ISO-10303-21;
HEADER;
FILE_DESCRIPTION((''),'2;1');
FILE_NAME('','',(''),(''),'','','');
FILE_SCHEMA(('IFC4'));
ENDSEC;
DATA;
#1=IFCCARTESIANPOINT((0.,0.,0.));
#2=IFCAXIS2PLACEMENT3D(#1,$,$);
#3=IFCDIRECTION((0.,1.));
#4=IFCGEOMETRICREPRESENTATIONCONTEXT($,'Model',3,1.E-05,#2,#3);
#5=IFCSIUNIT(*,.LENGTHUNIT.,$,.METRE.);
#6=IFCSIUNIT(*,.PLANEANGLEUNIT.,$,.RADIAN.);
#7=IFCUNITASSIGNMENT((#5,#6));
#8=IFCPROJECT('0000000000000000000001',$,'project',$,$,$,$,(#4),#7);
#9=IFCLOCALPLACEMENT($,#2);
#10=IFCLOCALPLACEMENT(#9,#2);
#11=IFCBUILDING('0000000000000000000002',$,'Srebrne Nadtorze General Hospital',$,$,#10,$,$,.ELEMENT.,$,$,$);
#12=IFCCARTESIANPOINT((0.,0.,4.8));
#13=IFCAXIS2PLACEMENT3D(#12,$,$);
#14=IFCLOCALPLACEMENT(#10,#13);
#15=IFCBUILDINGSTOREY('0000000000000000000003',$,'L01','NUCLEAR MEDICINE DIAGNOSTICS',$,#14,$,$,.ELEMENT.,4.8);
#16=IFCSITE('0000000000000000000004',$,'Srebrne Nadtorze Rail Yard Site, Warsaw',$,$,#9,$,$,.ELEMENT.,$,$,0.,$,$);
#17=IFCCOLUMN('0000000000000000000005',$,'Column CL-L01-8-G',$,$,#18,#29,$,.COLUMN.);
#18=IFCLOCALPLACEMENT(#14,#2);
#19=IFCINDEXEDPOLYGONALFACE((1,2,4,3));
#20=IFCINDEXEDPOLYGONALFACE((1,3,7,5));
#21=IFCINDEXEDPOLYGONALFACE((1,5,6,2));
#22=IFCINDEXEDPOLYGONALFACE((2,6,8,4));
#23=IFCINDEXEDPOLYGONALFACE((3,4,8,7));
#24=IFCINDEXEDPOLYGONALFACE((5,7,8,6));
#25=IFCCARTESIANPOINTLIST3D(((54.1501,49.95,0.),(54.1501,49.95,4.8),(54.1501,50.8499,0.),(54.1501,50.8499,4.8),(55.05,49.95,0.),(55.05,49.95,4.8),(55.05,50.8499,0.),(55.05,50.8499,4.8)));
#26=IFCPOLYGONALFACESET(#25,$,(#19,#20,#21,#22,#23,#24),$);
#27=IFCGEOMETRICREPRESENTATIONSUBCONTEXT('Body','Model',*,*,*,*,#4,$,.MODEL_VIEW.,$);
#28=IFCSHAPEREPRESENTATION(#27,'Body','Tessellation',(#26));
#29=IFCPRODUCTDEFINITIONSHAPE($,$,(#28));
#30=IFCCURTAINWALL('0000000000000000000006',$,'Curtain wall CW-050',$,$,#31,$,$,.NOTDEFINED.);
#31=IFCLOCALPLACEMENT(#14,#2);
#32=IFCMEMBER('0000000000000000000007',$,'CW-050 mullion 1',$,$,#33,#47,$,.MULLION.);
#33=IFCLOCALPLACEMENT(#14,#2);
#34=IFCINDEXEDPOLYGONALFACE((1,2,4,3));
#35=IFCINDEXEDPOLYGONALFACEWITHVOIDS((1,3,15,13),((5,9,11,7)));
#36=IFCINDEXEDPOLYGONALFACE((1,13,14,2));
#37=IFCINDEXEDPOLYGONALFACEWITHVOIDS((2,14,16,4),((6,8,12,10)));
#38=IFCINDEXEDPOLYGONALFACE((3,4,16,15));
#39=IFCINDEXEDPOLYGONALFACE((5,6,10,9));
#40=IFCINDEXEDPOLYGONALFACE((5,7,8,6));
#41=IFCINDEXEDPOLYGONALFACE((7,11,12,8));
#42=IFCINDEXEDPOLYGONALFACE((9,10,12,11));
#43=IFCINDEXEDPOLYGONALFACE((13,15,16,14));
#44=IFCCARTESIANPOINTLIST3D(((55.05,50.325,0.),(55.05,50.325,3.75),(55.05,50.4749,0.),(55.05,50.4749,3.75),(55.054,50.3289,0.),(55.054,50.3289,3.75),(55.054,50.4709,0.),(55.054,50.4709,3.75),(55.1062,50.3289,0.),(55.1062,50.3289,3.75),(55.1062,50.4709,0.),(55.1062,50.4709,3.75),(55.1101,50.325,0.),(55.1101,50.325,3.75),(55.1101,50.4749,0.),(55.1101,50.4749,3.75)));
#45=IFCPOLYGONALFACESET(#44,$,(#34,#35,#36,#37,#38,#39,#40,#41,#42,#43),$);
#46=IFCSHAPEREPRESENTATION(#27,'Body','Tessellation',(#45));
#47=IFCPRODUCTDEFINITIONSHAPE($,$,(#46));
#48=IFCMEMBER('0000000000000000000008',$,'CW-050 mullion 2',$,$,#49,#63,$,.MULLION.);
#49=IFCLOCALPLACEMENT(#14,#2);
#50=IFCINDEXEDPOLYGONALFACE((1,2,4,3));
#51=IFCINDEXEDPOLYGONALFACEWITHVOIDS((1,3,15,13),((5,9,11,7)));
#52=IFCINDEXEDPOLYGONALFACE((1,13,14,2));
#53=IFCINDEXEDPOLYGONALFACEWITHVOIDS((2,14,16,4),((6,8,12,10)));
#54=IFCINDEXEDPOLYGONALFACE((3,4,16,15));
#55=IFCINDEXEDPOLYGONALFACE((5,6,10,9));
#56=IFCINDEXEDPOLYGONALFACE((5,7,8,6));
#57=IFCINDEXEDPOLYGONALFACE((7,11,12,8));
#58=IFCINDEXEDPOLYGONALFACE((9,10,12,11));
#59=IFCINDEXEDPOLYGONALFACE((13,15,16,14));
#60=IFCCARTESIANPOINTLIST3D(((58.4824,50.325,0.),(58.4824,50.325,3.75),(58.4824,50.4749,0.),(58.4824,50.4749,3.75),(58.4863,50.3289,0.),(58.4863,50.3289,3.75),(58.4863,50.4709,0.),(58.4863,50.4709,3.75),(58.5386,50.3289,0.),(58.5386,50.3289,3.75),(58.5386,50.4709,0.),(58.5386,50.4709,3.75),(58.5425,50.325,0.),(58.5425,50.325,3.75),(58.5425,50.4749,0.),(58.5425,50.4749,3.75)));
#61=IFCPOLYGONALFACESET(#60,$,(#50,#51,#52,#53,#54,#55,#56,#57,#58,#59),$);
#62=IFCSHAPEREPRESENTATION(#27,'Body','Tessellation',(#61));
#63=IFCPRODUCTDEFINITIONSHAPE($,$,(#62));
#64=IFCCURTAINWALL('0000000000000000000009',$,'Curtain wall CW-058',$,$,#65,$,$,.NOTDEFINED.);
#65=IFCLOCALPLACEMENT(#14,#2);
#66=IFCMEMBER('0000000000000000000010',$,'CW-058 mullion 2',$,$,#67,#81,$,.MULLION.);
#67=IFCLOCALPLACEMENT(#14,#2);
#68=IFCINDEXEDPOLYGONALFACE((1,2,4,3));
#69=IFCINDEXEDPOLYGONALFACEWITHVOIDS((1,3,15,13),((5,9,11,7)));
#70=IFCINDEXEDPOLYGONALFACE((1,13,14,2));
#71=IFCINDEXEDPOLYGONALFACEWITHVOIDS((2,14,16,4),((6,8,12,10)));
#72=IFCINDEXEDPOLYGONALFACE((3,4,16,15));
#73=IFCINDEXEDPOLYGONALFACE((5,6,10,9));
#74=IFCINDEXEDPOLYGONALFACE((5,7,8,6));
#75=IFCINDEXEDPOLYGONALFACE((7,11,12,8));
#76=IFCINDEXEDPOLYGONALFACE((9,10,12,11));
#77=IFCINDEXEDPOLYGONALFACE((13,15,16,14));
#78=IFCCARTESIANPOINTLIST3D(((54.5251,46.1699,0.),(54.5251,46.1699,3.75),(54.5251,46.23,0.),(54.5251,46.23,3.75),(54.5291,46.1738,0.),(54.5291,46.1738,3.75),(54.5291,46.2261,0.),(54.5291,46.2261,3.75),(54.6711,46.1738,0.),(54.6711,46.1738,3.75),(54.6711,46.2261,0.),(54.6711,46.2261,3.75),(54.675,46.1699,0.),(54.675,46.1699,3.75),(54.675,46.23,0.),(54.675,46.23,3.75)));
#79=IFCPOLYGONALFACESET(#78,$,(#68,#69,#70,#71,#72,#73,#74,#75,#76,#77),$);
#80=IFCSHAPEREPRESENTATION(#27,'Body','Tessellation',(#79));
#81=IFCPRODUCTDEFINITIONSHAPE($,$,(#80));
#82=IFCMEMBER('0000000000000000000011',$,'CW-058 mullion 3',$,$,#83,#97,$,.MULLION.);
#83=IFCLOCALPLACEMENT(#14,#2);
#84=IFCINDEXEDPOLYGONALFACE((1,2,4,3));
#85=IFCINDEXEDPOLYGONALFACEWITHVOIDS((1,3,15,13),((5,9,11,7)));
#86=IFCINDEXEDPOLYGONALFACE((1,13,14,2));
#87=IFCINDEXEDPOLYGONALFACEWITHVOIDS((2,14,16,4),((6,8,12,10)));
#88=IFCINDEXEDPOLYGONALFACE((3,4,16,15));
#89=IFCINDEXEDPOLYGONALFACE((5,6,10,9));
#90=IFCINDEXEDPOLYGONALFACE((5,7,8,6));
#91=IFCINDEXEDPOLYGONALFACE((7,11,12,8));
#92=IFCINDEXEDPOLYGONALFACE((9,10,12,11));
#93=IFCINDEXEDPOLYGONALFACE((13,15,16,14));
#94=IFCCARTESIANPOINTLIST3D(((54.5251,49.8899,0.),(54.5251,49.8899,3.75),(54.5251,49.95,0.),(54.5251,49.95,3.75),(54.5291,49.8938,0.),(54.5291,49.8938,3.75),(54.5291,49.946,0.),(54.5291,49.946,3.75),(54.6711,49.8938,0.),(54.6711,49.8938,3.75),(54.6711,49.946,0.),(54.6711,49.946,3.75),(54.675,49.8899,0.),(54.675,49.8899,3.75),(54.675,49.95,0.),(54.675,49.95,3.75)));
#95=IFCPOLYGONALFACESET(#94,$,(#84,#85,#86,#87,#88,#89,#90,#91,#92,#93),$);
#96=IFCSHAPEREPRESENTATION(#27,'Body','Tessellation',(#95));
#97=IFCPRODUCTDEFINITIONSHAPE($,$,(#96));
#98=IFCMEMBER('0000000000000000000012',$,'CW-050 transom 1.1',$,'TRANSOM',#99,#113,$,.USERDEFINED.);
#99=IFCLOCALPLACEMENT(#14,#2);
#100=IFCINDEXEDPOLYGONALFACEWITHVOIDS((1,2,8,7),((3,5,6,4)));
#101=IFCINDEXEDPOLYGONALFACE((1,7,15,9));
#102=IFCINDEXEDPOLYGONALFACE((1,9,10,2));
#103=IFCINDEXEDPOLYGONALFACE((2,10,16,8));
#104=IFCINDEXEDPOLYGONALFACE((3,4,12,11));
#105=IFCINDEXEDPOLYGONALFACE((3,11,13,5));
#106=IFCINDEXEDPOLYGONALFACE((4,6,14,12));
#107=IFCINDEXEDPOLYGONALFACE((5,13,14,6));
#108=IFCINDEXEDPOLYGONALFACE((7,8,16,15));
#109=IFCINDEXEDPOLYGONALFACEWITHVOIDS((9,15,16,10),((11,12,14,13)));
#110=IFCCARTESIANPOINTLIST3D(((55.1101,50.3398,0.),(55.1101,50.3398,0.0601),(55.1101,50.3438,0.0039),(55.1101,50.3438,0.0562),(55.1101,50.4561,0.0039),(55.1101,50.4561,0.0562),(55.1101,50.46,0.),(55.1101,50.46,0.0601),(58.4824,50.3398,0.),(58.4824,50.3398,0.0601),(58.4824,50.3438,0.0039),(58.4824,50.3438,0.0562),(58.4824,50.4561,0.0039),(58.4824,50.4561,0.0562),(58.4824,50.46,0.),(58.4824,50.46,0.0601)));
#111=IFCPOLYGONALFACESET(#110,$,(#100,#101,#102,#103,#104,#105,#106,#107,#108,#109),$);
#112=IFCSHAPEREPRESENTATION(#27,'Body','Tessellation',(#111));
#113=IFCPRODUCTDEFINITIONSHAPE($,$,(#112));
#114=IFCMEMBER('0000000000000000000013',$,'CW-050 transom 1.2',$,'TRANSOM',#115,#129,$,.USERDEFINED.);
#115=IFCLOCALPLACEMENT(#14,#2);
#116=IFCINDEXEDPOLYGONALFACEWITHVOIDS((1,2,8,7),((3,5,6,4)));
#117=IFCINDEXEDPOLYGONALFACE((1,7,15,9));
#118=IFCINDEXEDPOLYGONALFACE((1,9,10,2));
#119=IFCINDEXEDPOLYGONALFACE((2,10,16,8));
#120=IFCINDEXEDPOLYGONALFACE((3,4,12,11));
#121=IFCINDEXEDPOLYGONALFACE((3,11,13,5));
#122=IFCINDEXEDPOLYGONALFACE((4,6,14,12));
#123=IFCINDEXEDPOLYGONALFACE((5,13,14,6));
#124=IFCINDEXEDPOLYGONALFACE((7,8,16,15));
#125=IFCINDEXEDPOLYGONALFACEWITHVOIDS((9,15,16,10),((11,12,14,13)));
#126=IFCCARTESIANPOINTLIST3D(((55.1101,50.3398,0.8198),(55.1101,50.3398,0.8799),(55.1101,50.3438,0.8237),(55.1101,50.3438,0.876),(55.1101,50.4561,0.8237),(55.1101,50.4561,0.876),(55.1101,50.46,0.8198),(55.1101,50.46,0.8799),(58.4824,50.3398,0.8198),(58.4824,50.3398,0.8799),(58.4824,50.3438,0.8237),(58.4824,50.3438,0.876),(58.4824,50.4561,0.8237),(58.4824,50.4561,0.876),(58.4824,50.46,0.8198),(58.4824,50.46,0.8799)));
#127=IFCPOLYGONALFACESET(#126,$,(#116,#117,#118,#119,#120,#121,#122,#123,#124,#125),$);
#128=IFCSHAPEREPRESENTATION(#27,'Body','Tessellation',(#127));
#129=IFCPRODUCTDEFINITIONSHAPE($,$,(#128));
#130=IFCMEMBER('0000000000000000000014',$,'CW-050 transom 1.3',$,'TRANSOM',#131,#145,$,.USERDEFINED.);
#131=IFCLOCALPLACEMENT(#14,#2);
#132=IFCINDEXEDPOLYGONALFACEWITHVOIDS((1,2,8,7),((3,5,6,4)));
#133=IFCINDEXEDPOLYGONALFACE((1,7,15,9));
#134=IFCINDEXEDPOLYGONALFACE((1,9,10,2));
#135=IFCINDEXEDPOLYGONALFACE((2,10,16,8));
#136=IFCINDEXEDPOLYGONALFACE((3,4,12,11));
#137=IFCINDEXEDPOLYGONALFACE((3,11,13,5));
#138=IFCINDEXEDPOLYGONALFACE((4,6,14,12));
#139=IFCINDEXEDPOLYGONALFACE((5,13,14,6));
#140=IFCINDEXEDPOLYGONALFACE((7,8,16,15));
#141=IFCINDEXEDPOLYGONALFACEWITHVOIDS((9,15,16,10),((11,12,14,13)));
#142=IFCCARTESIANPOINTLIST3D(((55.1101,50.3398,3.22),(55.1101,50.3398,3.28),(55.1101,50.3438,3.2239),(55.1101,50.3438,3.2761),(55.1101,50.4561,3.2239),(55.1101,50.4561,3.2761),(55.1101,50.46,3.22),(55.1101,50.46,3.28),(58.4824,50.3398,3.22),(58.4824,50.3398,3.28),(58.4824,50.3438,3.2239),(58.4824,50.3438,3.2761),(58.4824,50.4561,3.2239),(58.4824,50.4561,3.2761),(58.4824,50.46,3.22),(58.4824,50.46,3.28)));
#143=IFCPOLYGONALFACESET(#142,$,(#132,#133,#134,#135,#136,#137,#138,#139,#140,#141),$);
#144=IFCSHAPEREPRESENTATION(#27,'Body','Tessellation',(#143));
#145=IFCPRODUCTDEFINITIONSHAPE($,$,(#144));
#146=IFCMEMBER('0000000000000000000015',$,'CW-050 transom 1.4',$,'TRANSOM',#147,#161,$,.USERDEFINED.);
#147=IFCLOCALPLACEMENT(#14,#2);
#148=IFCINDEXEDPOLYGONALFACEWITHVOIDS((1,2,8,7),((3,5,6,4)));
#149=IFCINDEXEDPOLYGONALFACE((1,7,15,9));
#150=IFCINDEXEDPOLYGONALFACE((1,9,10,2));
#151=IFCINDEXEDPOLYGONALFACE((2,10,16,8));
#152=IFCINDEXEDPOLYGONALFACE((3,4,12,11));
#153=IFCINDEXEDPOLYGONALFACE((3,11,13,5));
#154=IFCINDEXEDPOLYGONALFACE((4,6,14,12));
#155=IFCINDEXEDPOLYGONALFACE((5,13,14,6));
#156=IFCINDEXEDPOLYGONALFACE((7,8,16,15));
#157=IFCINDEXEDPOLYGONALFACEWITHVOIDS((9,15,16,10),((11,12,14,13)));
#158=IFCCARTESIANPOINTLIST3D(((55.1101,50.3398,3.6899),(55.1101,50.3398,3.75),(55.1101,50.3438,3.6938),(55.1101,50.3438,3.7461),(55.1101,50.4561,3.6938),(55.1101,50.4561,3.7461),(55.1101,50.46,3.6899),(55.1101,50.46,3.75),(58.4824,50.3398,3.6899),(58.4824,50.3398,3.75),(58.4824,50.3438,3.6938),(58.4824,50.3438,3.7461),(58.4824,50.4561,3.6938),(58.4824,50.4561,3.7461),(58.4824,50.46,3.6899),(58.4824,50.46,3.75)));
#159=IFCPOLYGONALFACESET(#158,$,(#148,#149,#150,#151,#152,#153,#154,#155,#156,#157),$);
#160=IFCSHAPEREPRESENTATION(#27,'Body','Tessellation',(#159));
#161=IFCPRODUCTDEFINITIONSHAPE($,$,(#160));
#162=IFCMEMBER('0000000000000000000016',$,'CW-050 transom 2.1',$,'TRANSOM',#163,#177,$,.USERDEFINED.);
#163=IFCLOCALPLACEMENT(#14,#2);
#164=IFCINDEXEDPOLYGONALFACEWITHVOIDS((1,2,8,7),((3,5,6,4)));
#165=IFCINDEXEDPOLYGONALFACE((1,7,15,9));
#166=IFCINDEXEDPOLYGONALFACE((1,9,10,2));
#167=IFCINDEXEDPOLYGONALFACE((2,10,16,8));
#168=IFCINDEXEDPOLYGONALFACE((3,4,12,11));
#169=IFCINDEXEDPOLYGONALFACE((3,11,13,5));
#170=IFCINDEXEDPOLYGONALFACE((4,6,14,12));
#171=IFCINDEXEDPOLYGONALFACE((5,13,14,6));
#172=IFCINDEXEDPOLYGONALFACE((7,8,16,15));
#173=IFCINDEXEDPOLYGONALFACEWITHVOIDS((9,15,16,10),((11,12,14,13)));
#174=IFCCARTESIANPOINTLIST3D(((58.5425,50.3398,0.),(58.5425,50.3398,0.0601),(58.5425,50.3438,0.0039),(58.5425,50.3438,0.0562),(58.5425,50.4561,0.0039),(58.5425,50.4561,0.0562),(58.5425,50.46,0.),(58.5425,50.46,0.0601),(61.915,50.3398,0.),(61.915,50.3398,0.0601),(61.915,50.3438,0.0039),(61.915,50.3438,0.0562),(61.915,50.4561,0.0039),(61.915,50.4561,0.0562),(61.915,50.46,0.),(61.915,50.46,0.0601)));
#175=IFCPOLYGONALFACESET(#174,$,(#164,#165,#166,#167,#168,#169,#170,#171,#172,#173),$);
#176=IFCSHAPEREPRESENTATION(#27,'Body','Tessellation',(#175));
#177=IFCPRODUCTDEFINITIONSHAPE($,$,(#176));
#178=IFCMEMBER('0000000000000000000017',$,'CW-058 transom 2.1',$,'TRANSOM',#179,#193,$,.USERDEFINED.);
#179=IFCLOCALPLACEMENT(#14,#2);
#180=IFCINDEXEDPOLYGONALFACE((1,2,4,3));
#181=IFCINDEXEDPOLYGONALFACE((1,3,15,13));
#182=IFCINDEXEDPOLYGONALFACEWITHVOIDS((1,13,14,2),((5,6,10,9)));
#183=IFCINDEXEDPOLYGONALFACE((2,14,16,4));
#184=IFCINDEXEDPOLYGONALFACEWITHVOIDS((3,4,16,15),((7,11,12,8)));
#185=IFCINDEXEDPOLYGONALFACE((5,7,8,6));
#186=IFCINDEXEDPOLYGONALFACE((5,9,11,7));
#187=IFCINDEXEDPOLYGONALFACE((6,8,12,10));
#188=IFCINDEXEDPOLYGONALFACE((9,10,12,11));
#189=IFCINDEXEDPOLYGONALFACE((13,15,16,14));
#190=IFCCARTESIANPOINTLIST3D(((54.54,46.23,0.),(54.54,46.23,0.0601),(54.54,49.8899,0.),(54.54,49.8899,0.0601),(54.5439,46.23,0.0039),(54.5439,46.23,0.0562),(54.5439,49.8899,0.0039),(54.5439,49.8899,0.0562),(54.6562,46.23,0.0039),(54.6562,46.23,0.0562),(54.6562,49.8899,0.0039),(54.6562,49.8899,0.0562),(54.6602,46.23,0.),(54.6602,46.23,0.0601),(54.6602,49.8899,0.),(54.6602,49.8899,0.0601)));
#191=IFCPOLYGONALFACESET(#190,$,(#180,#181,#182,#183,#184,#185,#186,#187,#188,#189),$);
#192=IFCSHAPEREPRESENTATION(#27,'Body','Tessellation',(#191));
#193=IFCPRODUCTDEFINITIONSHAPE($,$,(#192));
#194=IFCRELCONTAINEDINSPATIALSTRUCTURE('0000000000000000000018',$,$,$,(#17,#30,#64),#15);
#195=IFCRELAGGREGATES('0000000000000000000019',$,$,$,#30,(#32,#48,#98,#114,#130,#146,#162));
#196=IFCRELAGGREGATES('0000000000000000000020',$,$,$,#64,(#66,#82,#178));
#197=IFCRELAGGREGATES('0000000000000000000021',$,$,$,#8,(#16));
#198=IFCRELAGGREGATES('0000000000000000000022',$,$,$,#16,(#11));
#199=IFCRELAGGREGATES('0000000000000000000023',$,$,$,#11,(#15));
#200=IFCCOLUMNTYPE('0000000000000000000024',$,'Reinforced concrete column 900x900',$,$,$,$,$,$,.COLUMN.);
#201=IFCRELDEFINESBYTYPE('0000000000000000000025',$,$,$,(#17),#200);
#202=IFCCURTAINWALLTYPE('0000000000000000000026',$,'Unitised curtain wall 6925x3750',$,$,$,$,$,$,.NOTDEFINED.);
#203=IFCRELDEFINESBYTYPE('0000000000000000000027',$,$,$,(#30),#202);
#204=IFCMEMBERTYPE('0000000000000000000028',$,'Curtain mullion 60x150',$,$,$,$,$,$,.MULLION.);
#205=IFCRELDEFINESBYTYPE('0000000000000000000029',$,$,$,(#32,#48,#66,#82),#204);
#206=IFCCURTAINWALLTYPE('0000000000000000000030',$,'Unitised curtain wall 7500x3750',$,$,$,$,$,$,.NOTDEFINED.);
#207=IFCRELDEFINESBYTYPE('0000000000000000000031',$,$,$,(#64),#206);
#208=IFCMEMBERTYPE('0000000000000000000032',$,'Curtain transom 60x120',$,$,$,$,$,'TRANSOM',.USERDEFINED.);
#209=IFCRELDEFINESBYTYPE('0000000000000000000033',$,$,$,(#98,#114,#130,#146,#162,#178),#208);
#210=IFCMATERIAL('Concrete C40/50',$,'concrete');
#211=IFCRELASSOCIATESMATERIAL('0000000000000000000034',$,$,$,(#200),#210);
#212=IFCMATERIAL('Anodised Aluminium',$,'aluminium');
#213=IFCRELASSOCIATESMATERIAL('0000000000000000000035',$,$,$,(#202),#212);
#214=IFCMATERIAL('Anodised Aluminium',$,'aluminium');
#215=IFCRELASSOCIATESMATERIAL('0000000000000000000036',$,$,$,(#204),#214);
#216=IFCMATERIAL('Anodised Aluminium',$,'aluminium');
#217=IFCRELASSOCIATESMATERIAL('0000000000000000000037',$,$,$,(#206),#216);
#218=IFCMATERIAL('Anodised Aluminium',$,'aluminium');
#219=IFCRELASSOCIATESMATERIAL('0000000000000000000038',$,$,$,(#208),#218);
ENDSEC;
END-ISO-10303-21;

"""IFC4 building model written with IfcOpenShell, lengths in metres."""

from ifc_helpers import new_model, si_unit, direction, frame, origin, origin_2d, place, context, subcontext, project, spatial, rectangle, hollow_rectangle, extrude, material, material_profile, profile_set, type_object, element, aggregate, save


model = new_model("IFC4")

# Units and contexts
model_context = context("Model", 3, precision=1e-05, world=origin(), true_north=direction((0.0, 1.0)))
body_context = subcontext(model_context, "Body", "Model", "MODEL_VIEW")
ifc_project = project(units=[si_unit("LENGTHUNIT", "METRE"), si_unit("PLANEANGLEUNIT", "RADIAN")], contexts=[model_context])

# Site, building, storey
site_placement = place(None, origin())
site = spatial("IfcSite", under=ifc_project, at=site_placement, Name="Srebrne Nadtorze Rail Yard Site, Warsaw", CompositionType="ELEMENT", RefElevation=0.0)
building_placement = place(site_placement, origin())
building = spatial("IfcBuilding", under=site, at=building_placement, Name="Srebrne Nadtorze General Hospital", CompositionType="ELEMENT")
storey_placement = place(building_placement, frame((0.0, 0.0, 4.8)))
storey = spatial("IfcBuildingStorey", under=building, at=storey_placement, Name="L01", Description="NUCLEAR MEDICINE DIAGNOSTICS", CompositionType="ELEMENT", Elevation=4.8)

# Column
ifc_material_1 = material(Name="Concrete C40/50", Category="concrete")
ifc_material_profile_1 = material_profile(ifc_material_1, rectangle(XDim=0.8999, YDim=0.8999, at=origin_2d()), Name="RC-COL-900x900")
ifc_profile_set_1 = profile_set([ifc_material_profile_1], Name="Concrete C40/50")
column_type = type_object("IfcColumnType", Name="Reinforced concrete column 900x900", PredefinedType="COLUMN", material=ifc_profile_set_1)
column_placement = place(storey_placement, frame((54.6001, 50.3999, 0.0), z_axis=(0.0, 0.0, 1.0), x_axis=(1.0, 0.0, 0.0)))
element("IfcColumn", 1, at=column_placement, inside=storey, type_object=column_type, Name="Column CL-L01-8-G", PredefinedType="COLUMN", context=body_context, shape_type="SweptSolid", body=[
    extrude(rectangle(XDim=0.8999, YDim=0.8999, at=origin_2d()), origin(), (0.0, 0.0, 1.0), 4.8),
])

# Curtain walls, members
ifc_material_2 = material(Name="Anodised Aluminium", Category="aluminium")
curtain_wall_type_1 = type_object("IfcCurtainWallType", Name="Unitised curtain wall 6925x3750", PredefinedType="NOTDEFINED", material=ifc_material_2)
curtain_wall_1_placement = place(storey_placement, origin())
curtain_wall_1 = element("IfcCurtainWall", 2, at=curtain_wall_1_placement, inside=storey, type_object=curtain_wall_type_1, Name="Curtain wall CW-050", PredefinedType="NOTDEFINED")
ifc_material_3 = material(Name="Anodised Aluminium", Category="aluminium")
ifc_material_profile_2 = material_profile(ifc_material_3, hollow_rectangle(XDim=0.0601, YDim=0.1499, WallThickness=0.0039, at=origin_2d()), Name="AL-MUL-60x150")
ifc_profile_set_2 = profile_set([ifc_material_profile_2], Name="Anodised Aluminium")
member_type_1 = type_object("IfcMemberType", Name="Curtain mullion 60x150", PredefinedType="MULLION", material=ifc_profile_set_2)
member_1_placement = place(storey_placement, frame((55.0801, 50.3999, 0.0), z_axis=(0.0, 0.0, 1.0), x_axis=(1.0, 0.0, 0.0)))
member_1 = element("IfcMember", 3, at=member_1_placement, type_object=member_type_1, Name="CW-050 mullion 1", PredefinedType="MULLION", context=body_context, shape_type="SweptSolid", body=[
    extrude(hollow_rectangle(XDim=0.0601, YDim=0.1499, WallThickness=0.0039, at=origin_2d()), origin(), (0.0, 0.0, 1.0), 3.75),
])
member_2_placement = place(storey_placement, frame((58.5125, 50.3999, 0.0), z_axis=(0.0, 0.0, 1.0), x_axis=(1.0, 0.0, 0.0)))
member_2 = element("IfcMember", 4, at=member_2_placement, type_object=member_type_1, Name="CW-050 mullion 2", PredefinedType="MULLION", context=body_context, shape_type="SweptSolid", body=[
    extrude(hollow_rectangle(XDim=0.0601, YDim=0.1499, WallThickness=0.0039, at=origin_2d()), origin(), (0.0, 0.0, 1.0), 3.75),
])
ifc_material_4 = material(Name="Anodised Aluminium", Category="aluminium")
curtain_wall_type_2 = type_object("IfcCurtainWallType", Name="Unitised curtain wall 7500x3750", PredefinedType="NOTDEFINED", material=ifc_material_4)
curtain_wall_2_placement = place(storey_placement, origin())
curtain_wall_2 = element("IfcCurtainWall", 5, at=curtain_wall_2_placement, inside=storey, type_object=curtain_wall_type_2, Name="Curtain wall CW-058", PredefinedType="NOTDEFINED")
member_3_placement = place(storey_placement, frame((54.6001, 46.2, 0.0), z_axis=(0.0, 0.0, 1.0), x_axis=(0.0, 1.0, 0.0)))
member_3 = element("IfcMember", 6, at=member_3_placement, type_object=member_type_1, Name="CW-058 mullion 2", PredefinedType="MULLION", context=body_context, shape_type="SweptSolid", body=[
    extrude(hollow_rectangle(XDim=0.0601, YDim=0.1499, WallThickness=0.0039, at=origin_2d()), origin(), (0.0, 0.0, 1.0), 3.75),
])
member_4_placement = place(storey_placement, frame((54.6001, 49.9199, 0.0), z_axis=(0.0, 0.0, 1.0), x_axis=(0.0, 1.0, 0.0)))
member_4 = element("IfcMember", 7, at=member_4_placement, type_object=member_type_1, Name="CW-058 mullion 3", PredefinedType="MULLION", context=body_context, shape_type="SweptSolid", body=[
    extrude(hollow_rectangle(XDim=0.0601, YDim=0.1499, WallThickness=0.0039, at=origin_2d()), origin(), (0.0, 0.0, 1.0), 3.75),
])

# Members
ifc_material_5 = material(Name="Anodised Aluminium", Category="aluminium")
ifc_material_profile_3 = material_profile(ifc_material_5, hollow_rectangle(XDim=0.0601, YDim=0.1201, WallThickness=0.0039, at=origin_2d()), Name="AL-TRN-60x120")
ifc_profile_set_3 = profile_set([ifc_material_profile_3], Name="Anodised Aluminium")
member_type_2 = type_object("IfcMemberType", Name="Curtain transom 60x120", ElementType="TRANSOM", PredefinedType="USERDEFINED", material=ifc_profile_set_3)
member_5_placement = place(storey_placement, frame((55.1101, 50.3999, 0.03), z_axis=(1.0, 0.0, 0.0), x_axis=(0.0, 0.0, 1.0)))
member_5 = element("IfcMember", 8, at=member_5_placement, type_object=member_type_2, Name="CW-050 transom 1.1", ObjectType="TRANSOM", PredefinedType="USERDEFINED", context=body_context, shape_type="SweptSolid", body=[
    extrude(hollow_rectangle(XDim=0.0601, YDim=0.1201, WallThickness=0.0039, at=origin_2d()), origin(), (0.0, 0.0, 1.0), 3.3723),
])
member_6_placement = place(storey_placement, frame((55.1101, 50.3999, 0.8499), z_axis=(1.0, 0.0, 0.0), x_axis=(0.0, 0.0, 1.0)))
member_6 = element("IfcMember", 9, at=member_6_placement, type_object=member_type_2, Name="CW-050 transom 1.2", ObjectType="TRANSOM", PredefinedType="USERDEFINED", context=body_context, shape_type="SweptSolid", body=[
    extrude(hollow_rectangle(XDim=0.0601, YDim=0.1201, WallThickness=0.0039, at=origin_2d()), origin(), (0.0, 0.0, 1.0), 3.3723),
])
member_7_placement = place(storey_placement, frame((55.1101, 50.3999, 3.25), z_axis=(1.0, 0.0, 0.0), x_axis=(0.0, 0.0, 1.0)))
member_7 = element("IfcMember", 10, at=member_7_placement, type_object=member_type_2, Name="CW-050 transom 1.3", ObjectType="TRANSOM", PredefinedType="USERDEFINED", context=body_context, shape_type="SweptSolid", body=[
    extrude(hollow_rectangle(XDim=0.0601, YDim=0.1201, WallThickness=0.0039, at=origin_2d()), origin(), (0.0, 0.0, 1.0), 3.3723),
])
member_8_placement = place(storey_placement, frame((55.1101, 50.3999, 3.72), z_axis=(1.0, 0.0, 0.0), x_axis=(0.0, 0.0, 1.0)))
member_8 = element("IfcMember", 11, at=member_8_placement, type_object=member_type_2, Name="CW-050 transom 1.4", ObjectType="TRANSOM", PredefinedType="USERDEFINED", context=body_context, shape_type="SweptSolid", body=[
    extrude(hollow_rectangle(XDim=0.0601, YDim=0.1201, WallThickness=0.0039, at=origin_2d()), origin(), (0.0, 0.0, 1.0), 3.3723),
])
member_9_placement = place(storey_placement, frame((58.5425, 50.3999, 0.03), z_axis=(1.0, 0.0, 0.0), x_axis=(0.0, 0.0, 1.0)))
member_9 = element("IfcMember", 12, at=member_9_placement, type_object=member_type_2, Name="CW-050 transom 2.1", ObjectType="TRANSOM", PredefinedType="USERDEFINED", context=body_context, shape_type="SweptSolid", body=[
    extrude(hollow_rectangle(XDim=0.0601, YDim=0.1201, WallThickness=0.0039, at=origin_2d()), origin(), (0.0, 0.0, 1.0), 3.3726),
])
member_10_placement = place(storey_placement, frame((54.6001, 46.23, 0.03), z_axis=(0.0, 1.0, 0.0), x_axis=(0.0, 0.0, 1.0)))
member_10 = element("IfcMember", 13, at=member_10_placement, type_object=member_type_2, Name="CW-058 transom 2.1", ObjectType="TRANSOM", PredefinedType="USERDEFINED", context=body_context, shape_type="SweptSolid", body=[
    extrude(hollow_rectangle(XDim=0.0601, YDim=0.1201, WallThickness=0.0039, at=origin_2d()), origin(), (0.0, 0.0, 1.0), 3.6599),
])

aggregate(curtain_wall_1, [member_1, member_2, member_5, member_6, member_7, member_8, member_9])
aggregate(curtain_wall_2, [member_3, member_4, member_10])

save(model, "model.ifc")
